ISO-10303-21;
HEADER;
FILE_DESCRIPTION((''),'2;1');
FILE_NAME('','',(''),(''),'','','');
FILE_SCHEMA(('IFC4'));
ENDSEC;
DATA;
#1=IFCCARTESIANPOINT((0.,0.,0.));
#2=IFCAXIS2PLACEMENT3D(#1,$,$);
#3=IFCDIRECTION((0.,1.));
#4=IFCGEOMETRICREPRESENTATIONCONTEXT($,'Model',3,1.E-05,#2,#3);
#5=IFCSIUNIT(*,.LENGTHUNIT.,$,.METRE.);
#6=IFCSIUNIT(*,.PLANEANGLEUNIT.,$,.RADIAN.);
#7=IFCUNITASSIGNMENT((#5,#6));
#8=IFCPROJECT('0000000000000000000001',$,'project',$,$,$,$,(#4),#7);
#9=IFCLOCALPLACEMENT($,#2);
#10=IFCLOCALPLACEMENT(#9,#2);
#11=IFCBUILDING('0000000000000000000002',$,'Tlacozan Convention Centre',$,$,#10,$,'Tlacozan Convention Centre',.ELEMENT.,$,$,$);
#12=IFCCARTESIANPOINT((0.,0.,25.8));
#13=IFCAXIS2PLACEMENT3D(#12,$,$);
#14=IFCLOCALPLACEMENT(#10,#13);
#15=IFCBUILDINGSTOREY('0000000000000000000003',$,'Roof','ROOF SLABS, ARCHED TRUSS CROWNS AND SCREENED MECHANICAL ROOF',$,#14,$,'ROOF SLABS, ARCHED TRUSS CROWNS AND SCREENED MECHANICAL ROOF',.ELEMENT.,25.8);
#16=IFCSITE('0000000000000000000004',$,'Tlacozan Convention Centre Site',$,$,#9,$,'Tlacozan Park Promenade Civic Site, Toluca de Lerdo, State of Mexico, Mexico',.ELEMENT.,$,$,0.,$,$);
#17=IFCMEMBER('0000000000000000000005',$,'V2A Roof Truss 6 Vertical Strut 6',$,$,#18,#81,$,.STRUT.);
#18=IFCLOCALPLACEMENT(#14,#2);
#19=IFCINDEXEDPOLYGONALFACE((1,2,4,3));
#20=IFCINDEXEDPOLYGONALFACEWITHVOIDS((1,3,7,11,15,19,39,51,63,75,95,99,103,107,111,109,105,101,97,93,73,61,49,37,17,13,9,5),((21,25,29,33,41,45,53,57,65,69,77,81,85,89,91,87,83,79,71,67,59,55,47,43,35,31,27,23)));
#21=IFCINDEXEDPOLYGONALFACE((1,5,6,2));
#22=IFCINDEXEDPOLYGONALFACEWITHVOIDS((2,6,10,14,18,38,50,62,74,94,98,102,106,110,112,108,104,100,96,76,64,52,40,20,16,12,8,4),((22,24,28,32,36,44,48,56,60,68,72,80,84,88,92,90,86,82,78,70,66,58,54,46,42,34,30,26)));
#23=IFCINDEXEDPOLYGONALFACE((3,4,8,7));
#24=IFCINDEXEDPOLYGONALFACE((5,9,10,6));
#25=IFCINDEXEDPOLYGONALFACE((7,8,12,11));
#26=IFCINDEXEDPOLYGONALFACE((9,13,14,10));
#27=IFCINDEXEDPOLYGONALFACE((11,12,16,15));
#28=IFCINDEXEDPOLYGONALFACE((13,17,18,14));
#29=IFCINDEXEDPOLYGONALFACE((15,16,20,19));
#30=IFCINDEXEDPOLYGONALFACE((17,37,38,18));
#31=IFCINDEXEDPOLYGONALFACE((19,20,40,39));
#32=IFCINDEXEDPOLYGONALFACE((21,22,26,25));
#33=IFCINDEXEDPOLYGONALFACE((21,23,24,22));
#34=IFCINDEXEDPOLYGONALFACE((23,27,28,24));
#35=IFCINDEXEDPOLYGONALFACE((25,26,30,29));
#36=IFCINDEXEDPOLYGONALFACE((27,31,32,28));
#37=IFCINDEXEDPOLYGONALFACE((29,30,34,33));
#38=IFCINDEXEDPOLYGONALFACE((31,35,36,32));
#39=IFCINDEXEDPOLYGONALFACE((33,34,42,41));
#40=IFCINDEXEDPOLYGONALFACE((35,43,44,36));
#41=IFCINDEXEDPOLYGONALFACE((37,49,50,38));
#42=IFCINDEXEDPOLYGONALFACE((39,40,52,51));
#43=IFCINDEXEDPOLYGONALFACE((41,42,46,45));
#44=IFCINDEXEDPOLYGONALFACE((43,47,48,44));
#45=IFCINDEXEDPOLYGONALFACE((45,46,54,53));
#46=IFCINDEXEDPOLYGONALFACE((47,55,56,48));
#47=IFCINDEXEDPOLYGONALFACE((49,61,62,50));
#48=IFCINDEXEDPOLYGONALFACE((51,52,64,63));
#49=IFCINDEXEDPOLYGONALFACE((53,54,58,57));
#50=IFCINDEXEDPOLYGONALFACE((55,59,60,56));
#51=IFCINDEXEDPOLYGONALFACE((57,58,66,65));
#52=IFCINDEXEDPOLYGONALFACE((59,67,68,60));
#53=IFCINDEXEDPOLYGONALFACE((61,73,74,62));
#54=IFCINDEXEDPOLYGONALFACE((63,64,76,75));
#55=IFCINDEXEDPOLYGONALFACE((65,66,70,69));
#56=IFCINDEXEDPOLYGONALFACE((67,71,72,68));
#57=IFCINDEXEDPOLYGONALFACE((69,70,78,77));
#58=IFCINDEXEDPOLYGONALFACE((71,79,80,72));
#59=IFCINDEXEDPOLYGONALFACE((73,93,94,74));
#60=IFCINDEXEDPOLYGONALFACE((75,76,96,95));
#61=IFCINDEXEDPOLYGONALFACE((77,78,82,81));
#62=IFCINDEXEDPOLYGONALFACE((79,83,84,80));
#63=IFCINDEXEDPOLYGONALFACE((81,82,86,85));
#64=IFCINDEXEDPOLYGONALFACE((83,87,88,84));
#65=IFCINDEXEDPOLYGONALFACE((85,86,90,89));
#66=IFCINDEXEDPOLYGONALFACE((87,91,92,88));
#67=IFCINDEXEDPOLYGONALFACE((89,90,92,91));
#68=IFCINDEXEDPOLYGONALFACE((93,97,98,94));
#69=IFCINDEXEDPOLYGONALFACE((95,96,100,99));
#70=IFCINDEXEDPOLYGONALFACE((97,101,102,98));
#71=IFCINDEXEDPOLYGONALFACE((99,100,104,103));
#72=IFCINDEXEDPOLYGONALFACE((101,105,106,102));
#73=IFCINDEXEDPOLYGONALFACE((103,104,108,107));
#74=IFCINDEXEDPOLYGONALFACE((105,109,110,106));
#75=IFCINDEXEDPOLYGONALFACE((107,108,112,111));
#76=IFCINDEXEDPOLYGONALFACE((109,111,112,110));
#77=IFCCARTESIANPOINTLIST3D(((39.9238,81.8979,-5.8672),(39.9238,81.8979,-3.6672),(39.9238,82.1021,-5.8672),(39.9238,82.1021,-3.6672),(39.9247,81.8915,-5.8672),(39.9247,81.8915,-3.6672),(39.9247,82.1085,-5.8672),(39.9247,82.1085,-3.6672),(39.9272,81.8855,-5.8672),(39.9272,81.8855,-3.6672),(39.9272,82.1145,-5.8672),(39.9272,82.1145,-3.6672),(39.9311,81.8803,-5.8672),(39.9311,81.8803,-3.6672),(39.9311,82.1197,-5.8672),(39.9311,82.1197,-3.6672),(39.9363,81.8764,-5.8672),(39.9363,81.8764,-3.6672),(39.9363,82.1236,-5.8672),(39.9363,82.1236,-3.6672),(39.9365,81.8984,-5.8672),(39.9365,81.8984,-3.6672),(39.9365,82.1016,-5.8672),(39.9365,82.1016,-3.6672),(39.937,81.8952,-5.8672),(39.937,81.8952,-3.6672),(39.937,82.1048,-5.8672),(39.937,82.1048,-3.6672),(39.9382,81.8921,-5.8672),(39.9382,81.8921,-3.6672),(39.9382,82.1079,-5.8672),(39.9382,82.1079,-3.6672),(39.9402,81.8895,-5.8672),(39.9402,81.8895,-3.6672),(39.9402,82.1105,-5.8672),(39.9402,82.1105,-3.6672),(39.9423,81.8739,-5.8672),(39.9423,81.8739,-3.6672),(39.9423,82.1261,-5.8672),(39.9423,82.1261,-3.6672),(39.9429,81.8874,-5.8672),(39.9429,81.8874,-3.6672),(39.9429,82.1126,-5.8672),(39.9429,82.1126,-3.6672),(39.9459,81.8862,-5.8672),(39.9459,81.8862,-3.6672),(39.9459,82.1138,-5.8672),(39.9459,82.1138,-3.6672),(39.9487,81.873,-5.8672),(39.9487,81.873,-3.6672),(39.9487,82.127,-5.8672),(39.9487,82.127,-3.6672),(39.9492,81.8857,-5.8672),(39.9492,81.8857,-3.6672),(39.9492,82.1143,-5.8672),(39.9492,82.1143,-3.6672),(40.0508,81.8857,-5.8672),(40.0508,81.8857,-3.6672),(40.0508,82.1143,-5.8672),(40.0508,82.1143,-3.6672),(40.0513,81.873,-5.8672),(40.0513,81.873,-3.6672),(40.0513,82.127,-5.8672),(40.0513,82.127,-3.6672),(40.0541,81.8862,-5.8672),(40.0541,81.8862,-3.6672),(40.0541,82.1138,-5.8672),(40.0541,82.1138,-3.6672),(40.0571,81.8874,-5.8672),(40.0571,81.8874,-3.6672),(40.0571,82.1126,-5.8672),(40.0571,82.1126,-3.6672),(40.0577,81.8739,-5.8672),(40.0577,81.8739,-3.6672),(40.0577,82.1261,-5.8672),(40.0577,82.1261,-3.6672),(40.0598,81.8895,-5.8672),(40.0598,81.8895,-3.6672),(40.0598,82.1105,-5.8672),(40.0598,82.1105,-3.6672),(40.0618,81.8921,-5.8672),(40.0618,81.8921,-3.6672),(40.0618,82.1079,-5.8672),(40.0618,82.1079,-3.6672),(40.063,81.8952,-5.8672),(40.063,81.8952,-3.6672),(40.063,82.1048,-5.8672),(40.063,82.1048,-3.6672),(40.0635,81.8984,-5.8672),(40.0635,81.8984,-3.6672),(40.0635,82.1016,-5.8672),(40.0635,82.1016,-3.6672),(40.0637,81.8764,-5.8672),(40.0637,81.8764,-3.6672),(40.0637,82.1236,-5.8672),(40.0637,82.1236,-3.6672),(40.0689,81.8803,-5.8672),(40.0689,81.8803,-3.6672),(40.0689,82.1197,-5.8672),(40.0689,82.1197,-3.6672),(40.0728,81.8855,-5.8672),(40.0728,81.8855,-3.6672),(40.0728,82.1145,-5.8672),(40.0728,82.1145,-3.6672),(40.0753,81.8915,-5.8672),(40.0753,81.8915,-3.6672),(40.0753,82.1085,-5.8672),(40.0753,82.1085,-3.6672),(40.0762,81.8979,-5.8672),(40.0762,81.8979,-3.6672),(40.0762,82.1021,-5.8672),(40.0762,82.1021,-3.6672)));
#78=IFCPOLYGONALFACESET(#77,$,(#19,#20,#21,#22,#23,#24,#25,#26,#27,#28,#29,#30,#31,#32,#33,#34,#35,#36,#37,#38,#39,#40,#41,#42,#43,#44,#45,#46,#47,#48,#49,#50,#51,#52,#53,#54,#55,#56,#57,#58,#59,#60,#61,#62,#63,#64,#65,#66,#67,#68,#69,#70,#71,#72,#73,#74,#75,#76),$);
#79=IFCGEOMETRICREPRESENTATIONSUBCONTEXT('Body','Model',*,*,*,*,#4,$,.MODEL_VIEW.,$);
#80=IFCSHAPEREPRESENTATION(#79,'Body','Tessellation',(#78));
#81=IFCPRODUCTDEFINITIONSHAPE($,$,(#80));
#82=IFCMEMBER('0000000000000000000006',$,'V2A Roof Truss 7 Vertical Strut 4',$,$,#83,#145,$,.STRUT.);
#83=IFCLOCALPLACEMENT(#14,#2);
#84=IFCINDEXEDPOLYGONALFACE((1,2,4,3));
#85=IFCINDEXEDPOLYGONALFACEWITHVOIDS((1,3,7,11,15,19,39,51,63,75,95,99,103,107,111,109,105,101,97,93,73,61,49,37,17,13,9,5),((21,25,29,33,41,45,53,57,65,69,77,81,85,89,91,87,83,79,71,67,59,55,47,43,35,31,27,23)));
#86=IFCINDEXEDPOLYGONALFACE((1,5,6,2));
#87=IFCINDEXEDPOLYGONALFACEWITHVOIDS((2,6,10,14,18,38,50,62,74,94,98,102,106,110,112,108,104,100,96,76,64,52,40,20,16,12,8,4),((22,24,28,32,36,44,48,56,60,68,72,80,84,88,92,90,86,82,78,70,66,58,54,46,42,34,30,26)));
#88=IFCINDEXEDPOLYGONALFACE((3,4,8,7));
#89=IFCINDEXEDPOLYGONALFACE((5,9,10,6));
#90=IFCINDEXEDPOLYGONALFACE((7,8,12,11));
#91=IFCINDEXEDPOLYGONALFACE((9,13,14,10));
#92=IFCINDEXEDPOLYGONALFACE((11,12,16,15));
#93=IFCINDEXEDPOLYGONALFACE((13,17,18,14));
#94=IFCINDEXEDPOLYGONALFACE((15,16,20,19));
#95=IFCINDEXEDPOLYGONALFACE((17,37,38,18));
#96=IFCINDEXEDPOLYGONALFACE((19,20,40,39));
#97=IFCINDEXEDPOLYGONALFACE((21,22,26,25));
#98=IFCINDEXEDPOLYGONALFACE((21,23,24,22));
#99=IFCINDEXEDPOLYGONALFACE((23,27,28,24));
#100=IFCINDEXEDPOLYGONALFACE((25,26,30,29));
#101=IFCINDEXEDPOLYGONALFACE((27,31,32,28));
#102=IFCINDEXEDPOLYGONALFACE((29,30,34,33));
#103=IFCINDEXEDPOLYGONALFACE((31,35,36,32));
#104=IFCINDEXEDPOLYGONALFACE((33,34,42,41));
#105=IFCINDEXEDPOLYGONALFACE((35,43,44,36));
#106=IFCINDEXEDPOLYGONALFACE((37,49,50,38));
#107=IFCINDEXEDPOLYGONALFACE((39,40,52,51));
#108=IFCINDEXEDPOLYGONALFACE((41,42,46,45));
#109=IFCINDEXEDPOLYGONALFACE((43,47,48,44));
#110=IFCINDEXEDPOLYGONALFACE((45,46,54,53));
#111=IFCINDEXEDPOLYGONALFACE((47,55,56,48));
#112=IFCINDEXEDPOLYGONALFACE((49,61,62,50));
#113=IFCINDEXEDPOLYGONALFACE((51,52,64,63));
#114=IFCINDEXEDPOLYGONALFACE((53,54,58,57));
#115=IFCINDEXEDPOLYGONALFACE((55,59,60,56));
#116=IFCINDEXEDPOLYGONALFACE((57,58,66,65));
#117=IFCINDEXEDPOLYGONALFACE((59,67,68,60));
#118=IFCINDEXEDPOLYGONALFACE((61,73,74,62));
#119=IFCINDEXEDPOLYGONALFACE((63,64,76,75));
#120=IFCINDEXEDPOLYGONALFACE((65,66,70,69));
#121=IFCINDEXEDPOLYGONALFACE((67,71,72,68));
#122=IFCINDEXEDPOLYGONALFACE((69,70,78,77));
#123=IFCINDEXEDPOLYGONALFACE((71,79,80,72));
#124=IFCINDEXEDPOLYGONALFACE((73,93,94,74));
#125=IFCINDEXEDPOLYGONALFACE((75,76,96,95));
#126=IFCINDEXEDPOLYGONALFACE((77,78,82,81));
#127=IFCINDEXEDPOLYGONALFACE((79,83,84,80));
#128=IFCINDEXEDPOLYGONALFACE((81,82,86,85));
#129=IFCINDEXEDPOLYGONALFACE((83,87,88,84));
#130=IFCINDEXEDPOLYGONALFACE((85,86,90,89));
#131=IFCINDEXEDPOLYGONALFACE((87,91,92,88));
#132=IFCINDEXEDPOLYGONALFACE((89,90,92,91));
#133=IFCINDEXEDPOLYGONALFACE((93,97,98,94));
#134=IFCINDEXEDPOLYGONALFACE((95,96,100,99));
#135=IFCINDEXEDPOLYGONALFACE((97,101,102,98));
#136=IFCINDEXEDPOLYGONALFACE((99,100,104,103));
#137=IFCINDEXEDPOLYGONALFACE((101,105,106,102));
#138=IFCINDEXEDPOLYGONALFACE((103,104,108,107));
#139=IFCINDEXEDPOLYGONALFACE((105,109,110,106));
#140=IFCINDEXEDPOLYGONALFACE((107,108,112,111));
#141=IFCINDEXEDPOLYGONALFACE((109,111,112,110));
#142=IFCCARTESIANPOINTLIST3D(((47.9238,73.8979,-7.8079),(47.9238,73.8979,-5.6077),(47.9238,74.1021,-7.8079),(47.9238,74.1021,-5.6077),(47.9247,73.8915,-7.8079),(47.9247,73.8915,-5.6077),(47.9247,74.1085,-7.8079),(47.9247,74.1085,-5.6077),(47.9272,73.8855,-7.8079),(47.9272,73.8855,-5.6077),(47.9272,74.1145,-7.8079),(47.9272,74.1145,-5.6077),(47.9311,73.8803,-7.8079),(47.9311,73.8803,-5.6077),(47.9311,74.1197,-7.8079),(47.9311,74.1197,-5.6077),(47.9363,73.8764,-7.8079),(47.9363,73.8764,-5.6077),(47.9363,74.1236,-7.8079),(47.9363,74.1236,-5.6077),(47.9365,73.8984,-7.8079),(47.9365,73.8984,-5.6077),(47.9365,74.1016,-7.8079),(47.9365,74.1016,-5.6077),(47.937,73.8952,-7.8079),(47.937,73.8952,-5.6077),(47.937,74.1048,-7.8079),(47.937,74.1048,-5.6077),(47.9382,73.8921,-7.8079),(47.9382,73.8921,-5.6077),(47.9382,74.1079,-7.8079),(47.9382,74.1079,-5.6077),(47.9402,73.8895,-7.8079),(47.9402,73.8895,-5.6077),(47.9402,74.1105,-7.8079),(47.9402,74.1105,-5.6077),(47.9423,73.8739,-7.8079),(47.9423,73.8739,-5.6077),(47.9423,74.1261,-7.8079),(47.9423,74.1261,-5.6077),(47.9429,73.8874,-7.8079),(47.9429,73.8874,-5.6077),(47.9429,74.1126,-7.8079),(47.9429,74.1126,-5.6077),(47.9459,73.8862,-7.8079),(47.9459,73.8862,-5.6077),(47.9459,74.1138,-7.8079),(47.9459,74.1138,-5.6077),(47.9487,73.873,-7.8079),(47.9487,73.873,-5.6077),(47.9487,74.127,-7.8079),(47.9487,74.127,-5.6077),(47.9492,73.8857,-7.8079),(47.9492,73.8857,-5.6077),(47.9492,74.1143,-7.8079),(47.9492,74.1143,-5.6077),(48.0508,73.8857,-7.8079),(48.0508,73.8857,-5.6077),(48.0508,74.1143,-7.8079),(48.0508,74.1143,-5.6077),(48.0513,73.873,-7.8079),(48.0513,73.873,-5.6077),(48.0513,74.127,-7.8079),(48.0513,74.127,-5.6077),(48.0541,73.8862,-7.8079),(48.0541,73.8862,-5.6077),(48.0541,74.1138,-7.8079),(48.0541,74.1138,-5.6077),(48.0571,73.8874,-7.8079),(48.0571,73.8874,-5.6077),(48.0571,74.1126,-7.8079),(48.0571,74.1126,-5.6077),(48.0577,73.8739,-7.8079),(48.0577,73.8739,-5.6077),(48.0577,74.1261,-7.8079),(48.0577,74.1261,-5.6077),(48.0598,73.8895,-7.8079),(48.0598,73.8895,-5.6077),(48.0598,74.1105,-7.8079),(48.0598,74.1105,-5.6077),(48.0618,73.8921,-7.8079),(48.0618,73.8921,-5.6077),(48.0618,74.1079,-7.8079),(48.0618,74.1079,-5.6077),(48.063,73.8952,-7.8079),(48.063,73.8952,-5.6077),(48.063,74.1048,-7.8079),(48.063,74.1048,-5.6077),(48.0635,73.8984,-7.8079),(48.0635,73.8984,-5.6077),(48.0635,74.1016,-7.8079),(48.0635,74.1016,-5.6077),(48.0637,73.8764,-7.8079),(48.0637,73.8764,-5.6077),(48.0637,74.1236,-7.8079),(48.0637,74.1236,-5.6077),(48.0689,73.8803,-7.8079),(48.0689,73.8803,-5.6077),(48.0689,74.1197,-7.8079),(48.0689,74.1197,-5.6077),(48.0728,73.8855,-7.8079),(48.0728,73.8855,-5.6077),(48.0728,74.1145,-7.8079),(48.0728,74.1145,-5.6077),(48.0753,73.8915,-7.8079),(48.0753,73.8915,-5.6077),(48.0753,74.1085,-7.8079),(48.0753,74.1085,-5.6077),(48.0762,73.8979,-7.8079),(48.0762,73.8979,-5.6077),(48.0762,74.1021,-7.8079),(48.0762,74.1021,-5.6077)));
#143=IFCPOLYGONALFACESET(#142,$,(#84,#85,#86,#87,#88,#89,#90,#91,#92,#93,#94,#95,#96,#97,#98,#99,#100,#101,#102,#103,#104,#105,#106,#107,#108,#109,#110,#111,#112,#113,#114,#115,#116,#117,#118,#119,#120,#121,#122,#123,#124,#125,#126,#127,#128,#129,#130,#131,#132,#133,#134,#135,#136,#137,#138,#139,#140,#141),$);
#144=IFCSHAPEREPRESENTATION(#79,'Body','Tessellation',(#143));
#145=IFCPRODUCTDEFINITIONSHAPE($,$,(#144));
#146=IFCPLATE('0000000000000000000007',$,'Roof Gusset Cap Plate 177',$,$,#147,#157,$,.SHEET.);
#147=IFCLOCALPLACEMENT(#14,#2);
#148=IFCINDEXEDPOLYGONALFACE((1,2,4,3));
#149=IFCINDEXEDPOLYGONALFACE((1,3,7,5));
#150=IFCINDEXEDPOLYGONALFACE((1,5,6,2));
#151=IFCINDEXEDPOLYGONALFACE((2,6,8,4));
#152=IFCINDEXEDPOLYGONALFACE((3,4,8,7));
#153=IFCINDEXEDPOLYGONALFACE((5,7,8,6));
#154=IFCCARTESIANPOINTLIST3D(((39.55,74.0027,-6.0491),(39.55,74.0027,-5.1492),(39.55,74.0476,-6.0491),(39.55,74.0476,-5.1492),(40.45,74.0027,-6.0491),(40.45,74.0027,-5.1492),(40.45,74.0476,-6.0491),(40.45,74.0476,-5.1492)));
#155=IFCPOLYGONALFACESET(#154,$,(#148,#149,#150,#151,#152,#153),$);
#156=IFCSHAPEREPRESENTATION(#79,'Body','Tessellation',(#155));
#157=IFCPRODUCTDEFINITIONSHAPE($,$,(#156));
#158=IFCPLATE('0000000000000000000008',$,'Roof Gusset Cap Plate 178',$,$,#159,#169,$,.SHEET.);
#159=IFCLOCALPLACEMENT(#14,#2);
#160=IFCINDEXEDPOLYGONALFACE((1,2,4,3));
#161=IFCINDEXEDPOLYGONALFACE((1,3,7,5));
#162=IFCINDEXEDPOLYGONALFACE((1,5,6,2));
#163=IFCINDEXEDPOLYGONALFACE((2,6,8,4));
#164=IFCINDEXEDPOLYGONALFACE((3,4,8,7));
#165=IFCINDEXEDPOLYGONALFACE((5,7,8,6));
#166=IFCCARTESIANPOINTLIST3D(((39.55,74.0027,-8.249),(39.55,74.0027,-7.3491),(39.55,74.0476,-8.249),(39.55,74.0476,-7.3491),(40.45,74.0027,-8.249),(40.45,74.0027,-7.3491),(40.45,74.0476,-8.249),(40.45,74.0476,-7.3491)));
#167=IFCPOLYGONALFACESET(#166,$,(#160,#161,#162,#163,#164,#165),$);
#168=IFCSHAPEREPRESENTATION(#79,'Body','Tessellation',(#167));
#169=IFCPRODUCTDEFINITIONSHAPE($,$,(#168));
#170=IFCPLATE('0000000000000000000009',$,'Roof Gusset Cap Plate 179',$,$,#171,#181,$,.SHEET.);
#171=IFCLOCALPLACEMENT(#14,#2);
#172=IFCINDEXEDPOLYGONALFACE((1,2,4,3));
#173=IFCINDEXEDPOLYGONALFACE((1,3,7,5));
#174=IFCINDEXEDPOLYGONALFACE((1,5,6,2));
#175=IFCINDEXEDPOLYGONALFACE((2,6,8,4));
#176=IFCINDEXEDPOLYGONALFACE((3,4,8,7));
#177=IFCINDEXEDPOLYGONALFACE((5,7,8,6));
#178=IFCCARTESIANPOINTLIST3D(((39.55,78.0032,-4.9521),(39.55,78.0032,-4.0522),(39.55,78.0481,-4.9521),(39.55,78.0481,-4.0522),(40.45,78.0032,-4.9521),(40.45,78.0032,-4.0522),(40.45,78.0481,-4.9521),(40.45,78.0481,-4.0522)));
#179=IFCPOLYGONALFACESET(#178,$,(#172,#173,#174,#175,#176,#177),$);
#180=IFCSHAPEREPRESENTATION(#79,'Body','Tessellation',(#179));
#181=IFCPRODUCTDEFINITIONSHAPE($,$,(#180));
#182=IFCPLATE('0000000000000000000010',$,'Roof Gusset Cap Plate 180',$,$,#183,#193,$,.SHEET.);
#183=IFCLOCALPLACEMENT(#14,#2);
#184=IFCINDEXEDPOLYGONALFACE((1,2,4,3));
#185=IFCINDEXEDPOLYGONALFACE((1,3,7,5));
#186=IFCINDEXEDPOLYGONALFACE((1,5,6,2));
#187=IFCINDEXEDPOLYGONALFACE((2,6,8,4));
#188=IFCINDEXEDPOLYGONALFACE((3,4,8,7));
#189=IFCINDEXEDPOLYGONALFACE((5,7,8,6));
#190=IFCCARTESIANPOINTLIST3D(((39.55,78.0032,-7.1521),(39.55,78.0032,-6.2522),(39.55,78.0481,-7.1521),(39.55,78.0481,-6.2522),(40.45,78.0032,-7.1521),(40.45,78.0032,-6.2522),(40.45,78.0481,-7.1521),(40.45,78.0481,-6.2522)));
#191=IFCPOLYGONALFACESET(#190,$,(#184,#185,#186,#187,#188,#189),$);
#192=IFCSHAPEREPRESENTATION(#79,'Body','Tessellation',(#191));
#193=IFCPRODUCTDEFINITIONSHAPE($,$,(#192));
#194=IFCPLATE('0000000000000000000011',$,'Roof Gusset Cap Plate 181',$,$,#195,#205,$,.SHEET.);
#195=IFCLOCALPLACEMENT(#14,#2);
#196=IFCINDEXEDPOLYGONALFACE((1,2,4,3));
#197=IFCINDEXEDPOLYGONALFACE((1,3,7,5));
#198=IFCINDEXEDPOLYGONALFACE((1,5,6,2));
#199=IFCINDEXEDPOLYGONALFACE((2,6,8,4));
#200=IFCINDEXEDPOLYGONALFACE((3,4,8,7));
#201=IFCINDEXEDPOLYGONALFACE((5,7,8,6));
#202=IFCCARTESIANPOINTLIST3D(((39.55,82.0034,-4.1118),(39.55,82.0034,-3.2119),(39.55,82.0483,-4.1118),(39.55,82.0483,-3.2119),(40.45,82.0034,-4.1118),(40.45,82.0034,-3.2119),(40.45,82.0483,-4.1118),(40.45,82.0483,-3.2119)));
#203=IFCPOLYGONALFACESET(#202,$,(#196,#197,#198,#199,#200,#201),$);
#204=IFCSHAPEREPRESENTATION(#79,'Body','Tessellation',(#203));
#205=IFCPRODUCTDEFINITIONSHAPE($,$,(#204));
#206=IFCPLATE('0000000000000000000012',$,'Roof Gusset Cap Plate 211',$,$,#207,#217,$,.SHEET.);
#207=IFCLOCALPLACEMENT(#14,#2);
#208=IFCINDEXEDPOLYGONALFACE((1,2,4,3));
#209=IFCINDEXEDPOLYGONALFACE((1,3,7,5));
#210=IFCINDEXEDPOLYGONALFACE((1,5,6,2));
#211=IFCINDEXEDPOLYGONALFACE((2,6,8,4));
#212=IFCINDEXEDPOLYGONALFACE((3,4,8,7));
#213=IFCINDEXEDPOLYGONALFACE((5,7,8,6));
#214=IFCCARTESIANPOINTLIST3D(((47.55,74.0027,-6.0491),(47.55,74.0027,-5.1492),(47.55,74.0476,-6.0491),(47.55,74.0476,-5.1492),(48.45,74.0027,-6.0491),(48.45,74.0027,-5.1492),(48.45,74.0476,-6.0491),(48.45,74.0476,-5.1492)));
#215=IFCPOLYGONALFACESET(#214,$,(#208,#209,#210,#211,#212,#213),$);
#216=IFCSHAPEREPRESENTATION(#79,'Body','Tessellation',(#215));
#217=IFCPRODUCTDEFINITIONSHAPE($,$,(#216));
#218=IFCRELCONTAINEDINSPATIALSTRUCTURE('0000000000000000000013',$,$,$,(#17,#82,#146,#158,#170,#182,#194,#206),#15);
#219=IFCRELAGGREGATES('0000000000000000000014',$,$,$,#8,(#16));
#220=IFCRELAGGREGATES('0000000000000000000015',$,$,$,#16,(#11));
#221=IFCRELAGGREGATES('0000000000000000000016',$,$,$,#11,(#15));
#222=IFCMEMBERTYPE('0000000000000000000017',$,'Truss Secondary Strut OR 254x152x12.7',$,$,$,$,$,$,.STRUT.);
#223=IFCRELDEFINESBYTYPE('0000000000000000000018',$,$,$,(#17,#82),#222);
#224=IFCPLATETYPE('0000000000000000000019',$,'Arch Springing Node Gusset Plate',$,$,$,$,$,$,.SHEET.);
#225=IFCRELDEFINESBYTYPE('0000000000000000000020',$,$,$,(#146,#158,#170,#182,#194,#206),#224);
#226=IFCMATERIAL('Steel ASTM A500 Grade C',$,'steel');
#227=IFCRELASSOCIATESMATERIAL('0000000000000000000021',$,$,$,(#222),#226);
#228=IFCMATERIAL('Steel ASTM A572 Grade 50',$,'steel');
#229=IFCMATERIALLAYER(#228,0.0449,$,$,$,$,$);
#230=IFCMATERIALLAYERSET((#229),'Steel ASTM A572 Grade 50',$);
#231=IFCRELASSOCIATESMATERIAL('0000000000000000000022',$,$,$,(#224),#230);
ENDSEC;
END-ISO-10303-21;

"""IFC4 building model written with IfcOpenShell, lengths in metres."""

from ifc_helpers import new_model, si_unit, direction, frame, origin, origin_2d, place, context, subcontext, project, spatial, rectangle, hollow_rectangle, extrude, material, layer, layer_set, material_profile, profile_set, type_object, element, save


model = new_model("IFC4")

# Units and contexts
model_context = context("Model", 3, precision=1e-05, world=origin(), true_north=direction((0.0, 1.0)))
body_context = subcontext(model_context, "Body", "Model", "MODEL_VIEW")
ifc_project = project(units=[si_unit("LENGTHUNIT", "METRE"), si_unit("PLANEANGLEUNIT", "RADIAN")], contexts=[model_context])

# Site, building, storey
site_placement = place(None, origin())
site = spatial("IfcSite", under=ifc_project, at=site_placement, Name="Tlacozan Convention Centre Site", LongName="Tlacozan Park Promenade Civic Site, Toluca de Lerdo, State of Mexico, Mexico", CompositionType="ELEMENT", RefElevation=0.0)
building_placement = place(site_placement, origin())
building = spatial("IfcBuilding", under=site, at=building_placement, Name="Tlacozan Convention Centre", LongName="Tlacozan Convention Centre", CompositionType="ELEMENT")
storey_placement = place(building_placement, frame((0.0, 0.0, 25.8)))
storey = spatial("IfcBuildingStorey", under=building, at=storey_placement, Name="Roof", Description="ROOF SLABS, ARCHED TRUSS CROWNS AND SCREENED MECHANICAL ROOF", LongName="ROOF SLABS, ARCHED TRUSS CROWNS AND SCREENED MECHANICAL ROOF", CompositionType="ELEMENT", Elevation=25.8)

# Members
ifc_material_1 = material(Name="Steel ASTM A500 Grade C", Category="steel")
ifc_material_profile_1 = material_profile(ifc_material_1, hollow_rectangle(XDim=0.1523, YDim=0.2539, WallThickness=0.0127, InnerFilletRadius=0.0127, OuterFilletRadius=0.0249, at=origin_2d()), Name="OR 254x152x12.7")
ifc_profile_set_1 = profile_set([ifc_material_profile_1], Name="Steel ASTM A500 Grade C")
member_type_1 = type_object("IfcMemberType", Name="Truss Secondary Strut OR 254x152x12.7", PredefinedType="STRUT", material=ifc_profile_set_1)
member_1_placement = place(storey_placement, frame((40.0, 82.0, -5.8672), z_axis=(0.0, 0.0, 1.0), x_axis=(1.0, 0.0, 0.0)))
element("IfcMember", 1, at=member_1_placement, inside=storey, type_object=member_type_1, Name="V2A Roof Truss 6 Vertical Strut 6", PredefinedType="STRUT", context=body_context, shape_type="SweptSolid", body=[
    extrude(hollow_rectangle(XDim=0.1523, YDim=0.2539, WallThickness=0.0127, InnerFilletRadius=0.0127, OuterFilletRadius=0.0249, at=origin_2d()), origin(), (0.0, 0.0, 1.0), 2.2),
])
member_2_placement = place(storey_placement, frame((48.0, 74.0, -7.8079), z_axis=(0.0, 0.0, 1.0), x_axis=(1.0, 0.0, 0.0)))
element("IfcMember", 2, at=member_2_placement, inside=storey, type_object=member_type_1, Name="V2A Roof Truss 7 Vertical Strut 4", PredefinedType="STRUT", context=body_context, shape_type="SweptSolid", body=[
    extrude(hollow_rectangle(XDim=0.1523, YDim=0.2539, WallThickness=0.0127, InnerFilletRadius=0.0127, OuterFilletRadius=0.0249, at=origin_2d()), origin(), (0.0, 0.0, 1.0), 2.2002),
])

# Plates
ifc_material_2 = material(Name="Steel ASTM A572 Grade 50", Category="steel")
ifc_layer = layer(ifc_material_2, 0.0449)
ifc_layer_set = layer_set([ifc_layer], Name="Steel ASTM A572 Grade 50")
plate_type = type_object("IfcPlateType", Name="Arch Springing Node Gusset Plate", PredefinedType="SHEET", material=ifc_layer_set)
for number, where, z_axis, x_axis, name in (
    (3, (40.0, 74.0251, -6.0491), (0.0, 0.0, 1.0), (0.0, 1.0, 0.0), "Roof Gusset Cap Plate 177"),
    (4, (40.0, 74.0251, -8.249), (0.0, 0.0, 1.0), (0.0, 1.0, 0.0), "Roof Gusset Cap Plate 178"),
    (5, (40.0, 78.0256, -4.9521), (0.0, 0.0, 1.0), (0.0, 1.0, 0.0), "Roof Gusset Cap Plate 179"),
    (6, (40.0, 78.0256, -7.1521), (0.0, 0.0, 1.0), (0.0, 1.0, 0.0), "Roof Gusset Cap Plate 180"),
    (7, (40.0, 82.0259, -4.1118), (0.0, 0.0, 1.0), (0.0, 1.0, 0.0), "Roof Gusset Cap Plate 181"),
    (8, (48.0, 74.0251, -6.0491), (0.0, 0.0, 1.0), (0.0, 1.0, 0.0), "Roof Gusset Cap Plate 211"),
):
    element("IfcPlate", number, at=place(storey_placement, frame(where, z_axis=z_axis, x_axis=x_axis)), inside=storey, type_object=plate_type, Name=name, PredefinedType="SHEET", context=body_context, shape_type="SweptSolid", body=[
        extrude(rectangle(XDim=0.0449, YDim=0.8999, at=origin_2d()), origin(), (0.0, 0.0, 1.0), 0.8999),
    ])

save(model, "model.ifc")
